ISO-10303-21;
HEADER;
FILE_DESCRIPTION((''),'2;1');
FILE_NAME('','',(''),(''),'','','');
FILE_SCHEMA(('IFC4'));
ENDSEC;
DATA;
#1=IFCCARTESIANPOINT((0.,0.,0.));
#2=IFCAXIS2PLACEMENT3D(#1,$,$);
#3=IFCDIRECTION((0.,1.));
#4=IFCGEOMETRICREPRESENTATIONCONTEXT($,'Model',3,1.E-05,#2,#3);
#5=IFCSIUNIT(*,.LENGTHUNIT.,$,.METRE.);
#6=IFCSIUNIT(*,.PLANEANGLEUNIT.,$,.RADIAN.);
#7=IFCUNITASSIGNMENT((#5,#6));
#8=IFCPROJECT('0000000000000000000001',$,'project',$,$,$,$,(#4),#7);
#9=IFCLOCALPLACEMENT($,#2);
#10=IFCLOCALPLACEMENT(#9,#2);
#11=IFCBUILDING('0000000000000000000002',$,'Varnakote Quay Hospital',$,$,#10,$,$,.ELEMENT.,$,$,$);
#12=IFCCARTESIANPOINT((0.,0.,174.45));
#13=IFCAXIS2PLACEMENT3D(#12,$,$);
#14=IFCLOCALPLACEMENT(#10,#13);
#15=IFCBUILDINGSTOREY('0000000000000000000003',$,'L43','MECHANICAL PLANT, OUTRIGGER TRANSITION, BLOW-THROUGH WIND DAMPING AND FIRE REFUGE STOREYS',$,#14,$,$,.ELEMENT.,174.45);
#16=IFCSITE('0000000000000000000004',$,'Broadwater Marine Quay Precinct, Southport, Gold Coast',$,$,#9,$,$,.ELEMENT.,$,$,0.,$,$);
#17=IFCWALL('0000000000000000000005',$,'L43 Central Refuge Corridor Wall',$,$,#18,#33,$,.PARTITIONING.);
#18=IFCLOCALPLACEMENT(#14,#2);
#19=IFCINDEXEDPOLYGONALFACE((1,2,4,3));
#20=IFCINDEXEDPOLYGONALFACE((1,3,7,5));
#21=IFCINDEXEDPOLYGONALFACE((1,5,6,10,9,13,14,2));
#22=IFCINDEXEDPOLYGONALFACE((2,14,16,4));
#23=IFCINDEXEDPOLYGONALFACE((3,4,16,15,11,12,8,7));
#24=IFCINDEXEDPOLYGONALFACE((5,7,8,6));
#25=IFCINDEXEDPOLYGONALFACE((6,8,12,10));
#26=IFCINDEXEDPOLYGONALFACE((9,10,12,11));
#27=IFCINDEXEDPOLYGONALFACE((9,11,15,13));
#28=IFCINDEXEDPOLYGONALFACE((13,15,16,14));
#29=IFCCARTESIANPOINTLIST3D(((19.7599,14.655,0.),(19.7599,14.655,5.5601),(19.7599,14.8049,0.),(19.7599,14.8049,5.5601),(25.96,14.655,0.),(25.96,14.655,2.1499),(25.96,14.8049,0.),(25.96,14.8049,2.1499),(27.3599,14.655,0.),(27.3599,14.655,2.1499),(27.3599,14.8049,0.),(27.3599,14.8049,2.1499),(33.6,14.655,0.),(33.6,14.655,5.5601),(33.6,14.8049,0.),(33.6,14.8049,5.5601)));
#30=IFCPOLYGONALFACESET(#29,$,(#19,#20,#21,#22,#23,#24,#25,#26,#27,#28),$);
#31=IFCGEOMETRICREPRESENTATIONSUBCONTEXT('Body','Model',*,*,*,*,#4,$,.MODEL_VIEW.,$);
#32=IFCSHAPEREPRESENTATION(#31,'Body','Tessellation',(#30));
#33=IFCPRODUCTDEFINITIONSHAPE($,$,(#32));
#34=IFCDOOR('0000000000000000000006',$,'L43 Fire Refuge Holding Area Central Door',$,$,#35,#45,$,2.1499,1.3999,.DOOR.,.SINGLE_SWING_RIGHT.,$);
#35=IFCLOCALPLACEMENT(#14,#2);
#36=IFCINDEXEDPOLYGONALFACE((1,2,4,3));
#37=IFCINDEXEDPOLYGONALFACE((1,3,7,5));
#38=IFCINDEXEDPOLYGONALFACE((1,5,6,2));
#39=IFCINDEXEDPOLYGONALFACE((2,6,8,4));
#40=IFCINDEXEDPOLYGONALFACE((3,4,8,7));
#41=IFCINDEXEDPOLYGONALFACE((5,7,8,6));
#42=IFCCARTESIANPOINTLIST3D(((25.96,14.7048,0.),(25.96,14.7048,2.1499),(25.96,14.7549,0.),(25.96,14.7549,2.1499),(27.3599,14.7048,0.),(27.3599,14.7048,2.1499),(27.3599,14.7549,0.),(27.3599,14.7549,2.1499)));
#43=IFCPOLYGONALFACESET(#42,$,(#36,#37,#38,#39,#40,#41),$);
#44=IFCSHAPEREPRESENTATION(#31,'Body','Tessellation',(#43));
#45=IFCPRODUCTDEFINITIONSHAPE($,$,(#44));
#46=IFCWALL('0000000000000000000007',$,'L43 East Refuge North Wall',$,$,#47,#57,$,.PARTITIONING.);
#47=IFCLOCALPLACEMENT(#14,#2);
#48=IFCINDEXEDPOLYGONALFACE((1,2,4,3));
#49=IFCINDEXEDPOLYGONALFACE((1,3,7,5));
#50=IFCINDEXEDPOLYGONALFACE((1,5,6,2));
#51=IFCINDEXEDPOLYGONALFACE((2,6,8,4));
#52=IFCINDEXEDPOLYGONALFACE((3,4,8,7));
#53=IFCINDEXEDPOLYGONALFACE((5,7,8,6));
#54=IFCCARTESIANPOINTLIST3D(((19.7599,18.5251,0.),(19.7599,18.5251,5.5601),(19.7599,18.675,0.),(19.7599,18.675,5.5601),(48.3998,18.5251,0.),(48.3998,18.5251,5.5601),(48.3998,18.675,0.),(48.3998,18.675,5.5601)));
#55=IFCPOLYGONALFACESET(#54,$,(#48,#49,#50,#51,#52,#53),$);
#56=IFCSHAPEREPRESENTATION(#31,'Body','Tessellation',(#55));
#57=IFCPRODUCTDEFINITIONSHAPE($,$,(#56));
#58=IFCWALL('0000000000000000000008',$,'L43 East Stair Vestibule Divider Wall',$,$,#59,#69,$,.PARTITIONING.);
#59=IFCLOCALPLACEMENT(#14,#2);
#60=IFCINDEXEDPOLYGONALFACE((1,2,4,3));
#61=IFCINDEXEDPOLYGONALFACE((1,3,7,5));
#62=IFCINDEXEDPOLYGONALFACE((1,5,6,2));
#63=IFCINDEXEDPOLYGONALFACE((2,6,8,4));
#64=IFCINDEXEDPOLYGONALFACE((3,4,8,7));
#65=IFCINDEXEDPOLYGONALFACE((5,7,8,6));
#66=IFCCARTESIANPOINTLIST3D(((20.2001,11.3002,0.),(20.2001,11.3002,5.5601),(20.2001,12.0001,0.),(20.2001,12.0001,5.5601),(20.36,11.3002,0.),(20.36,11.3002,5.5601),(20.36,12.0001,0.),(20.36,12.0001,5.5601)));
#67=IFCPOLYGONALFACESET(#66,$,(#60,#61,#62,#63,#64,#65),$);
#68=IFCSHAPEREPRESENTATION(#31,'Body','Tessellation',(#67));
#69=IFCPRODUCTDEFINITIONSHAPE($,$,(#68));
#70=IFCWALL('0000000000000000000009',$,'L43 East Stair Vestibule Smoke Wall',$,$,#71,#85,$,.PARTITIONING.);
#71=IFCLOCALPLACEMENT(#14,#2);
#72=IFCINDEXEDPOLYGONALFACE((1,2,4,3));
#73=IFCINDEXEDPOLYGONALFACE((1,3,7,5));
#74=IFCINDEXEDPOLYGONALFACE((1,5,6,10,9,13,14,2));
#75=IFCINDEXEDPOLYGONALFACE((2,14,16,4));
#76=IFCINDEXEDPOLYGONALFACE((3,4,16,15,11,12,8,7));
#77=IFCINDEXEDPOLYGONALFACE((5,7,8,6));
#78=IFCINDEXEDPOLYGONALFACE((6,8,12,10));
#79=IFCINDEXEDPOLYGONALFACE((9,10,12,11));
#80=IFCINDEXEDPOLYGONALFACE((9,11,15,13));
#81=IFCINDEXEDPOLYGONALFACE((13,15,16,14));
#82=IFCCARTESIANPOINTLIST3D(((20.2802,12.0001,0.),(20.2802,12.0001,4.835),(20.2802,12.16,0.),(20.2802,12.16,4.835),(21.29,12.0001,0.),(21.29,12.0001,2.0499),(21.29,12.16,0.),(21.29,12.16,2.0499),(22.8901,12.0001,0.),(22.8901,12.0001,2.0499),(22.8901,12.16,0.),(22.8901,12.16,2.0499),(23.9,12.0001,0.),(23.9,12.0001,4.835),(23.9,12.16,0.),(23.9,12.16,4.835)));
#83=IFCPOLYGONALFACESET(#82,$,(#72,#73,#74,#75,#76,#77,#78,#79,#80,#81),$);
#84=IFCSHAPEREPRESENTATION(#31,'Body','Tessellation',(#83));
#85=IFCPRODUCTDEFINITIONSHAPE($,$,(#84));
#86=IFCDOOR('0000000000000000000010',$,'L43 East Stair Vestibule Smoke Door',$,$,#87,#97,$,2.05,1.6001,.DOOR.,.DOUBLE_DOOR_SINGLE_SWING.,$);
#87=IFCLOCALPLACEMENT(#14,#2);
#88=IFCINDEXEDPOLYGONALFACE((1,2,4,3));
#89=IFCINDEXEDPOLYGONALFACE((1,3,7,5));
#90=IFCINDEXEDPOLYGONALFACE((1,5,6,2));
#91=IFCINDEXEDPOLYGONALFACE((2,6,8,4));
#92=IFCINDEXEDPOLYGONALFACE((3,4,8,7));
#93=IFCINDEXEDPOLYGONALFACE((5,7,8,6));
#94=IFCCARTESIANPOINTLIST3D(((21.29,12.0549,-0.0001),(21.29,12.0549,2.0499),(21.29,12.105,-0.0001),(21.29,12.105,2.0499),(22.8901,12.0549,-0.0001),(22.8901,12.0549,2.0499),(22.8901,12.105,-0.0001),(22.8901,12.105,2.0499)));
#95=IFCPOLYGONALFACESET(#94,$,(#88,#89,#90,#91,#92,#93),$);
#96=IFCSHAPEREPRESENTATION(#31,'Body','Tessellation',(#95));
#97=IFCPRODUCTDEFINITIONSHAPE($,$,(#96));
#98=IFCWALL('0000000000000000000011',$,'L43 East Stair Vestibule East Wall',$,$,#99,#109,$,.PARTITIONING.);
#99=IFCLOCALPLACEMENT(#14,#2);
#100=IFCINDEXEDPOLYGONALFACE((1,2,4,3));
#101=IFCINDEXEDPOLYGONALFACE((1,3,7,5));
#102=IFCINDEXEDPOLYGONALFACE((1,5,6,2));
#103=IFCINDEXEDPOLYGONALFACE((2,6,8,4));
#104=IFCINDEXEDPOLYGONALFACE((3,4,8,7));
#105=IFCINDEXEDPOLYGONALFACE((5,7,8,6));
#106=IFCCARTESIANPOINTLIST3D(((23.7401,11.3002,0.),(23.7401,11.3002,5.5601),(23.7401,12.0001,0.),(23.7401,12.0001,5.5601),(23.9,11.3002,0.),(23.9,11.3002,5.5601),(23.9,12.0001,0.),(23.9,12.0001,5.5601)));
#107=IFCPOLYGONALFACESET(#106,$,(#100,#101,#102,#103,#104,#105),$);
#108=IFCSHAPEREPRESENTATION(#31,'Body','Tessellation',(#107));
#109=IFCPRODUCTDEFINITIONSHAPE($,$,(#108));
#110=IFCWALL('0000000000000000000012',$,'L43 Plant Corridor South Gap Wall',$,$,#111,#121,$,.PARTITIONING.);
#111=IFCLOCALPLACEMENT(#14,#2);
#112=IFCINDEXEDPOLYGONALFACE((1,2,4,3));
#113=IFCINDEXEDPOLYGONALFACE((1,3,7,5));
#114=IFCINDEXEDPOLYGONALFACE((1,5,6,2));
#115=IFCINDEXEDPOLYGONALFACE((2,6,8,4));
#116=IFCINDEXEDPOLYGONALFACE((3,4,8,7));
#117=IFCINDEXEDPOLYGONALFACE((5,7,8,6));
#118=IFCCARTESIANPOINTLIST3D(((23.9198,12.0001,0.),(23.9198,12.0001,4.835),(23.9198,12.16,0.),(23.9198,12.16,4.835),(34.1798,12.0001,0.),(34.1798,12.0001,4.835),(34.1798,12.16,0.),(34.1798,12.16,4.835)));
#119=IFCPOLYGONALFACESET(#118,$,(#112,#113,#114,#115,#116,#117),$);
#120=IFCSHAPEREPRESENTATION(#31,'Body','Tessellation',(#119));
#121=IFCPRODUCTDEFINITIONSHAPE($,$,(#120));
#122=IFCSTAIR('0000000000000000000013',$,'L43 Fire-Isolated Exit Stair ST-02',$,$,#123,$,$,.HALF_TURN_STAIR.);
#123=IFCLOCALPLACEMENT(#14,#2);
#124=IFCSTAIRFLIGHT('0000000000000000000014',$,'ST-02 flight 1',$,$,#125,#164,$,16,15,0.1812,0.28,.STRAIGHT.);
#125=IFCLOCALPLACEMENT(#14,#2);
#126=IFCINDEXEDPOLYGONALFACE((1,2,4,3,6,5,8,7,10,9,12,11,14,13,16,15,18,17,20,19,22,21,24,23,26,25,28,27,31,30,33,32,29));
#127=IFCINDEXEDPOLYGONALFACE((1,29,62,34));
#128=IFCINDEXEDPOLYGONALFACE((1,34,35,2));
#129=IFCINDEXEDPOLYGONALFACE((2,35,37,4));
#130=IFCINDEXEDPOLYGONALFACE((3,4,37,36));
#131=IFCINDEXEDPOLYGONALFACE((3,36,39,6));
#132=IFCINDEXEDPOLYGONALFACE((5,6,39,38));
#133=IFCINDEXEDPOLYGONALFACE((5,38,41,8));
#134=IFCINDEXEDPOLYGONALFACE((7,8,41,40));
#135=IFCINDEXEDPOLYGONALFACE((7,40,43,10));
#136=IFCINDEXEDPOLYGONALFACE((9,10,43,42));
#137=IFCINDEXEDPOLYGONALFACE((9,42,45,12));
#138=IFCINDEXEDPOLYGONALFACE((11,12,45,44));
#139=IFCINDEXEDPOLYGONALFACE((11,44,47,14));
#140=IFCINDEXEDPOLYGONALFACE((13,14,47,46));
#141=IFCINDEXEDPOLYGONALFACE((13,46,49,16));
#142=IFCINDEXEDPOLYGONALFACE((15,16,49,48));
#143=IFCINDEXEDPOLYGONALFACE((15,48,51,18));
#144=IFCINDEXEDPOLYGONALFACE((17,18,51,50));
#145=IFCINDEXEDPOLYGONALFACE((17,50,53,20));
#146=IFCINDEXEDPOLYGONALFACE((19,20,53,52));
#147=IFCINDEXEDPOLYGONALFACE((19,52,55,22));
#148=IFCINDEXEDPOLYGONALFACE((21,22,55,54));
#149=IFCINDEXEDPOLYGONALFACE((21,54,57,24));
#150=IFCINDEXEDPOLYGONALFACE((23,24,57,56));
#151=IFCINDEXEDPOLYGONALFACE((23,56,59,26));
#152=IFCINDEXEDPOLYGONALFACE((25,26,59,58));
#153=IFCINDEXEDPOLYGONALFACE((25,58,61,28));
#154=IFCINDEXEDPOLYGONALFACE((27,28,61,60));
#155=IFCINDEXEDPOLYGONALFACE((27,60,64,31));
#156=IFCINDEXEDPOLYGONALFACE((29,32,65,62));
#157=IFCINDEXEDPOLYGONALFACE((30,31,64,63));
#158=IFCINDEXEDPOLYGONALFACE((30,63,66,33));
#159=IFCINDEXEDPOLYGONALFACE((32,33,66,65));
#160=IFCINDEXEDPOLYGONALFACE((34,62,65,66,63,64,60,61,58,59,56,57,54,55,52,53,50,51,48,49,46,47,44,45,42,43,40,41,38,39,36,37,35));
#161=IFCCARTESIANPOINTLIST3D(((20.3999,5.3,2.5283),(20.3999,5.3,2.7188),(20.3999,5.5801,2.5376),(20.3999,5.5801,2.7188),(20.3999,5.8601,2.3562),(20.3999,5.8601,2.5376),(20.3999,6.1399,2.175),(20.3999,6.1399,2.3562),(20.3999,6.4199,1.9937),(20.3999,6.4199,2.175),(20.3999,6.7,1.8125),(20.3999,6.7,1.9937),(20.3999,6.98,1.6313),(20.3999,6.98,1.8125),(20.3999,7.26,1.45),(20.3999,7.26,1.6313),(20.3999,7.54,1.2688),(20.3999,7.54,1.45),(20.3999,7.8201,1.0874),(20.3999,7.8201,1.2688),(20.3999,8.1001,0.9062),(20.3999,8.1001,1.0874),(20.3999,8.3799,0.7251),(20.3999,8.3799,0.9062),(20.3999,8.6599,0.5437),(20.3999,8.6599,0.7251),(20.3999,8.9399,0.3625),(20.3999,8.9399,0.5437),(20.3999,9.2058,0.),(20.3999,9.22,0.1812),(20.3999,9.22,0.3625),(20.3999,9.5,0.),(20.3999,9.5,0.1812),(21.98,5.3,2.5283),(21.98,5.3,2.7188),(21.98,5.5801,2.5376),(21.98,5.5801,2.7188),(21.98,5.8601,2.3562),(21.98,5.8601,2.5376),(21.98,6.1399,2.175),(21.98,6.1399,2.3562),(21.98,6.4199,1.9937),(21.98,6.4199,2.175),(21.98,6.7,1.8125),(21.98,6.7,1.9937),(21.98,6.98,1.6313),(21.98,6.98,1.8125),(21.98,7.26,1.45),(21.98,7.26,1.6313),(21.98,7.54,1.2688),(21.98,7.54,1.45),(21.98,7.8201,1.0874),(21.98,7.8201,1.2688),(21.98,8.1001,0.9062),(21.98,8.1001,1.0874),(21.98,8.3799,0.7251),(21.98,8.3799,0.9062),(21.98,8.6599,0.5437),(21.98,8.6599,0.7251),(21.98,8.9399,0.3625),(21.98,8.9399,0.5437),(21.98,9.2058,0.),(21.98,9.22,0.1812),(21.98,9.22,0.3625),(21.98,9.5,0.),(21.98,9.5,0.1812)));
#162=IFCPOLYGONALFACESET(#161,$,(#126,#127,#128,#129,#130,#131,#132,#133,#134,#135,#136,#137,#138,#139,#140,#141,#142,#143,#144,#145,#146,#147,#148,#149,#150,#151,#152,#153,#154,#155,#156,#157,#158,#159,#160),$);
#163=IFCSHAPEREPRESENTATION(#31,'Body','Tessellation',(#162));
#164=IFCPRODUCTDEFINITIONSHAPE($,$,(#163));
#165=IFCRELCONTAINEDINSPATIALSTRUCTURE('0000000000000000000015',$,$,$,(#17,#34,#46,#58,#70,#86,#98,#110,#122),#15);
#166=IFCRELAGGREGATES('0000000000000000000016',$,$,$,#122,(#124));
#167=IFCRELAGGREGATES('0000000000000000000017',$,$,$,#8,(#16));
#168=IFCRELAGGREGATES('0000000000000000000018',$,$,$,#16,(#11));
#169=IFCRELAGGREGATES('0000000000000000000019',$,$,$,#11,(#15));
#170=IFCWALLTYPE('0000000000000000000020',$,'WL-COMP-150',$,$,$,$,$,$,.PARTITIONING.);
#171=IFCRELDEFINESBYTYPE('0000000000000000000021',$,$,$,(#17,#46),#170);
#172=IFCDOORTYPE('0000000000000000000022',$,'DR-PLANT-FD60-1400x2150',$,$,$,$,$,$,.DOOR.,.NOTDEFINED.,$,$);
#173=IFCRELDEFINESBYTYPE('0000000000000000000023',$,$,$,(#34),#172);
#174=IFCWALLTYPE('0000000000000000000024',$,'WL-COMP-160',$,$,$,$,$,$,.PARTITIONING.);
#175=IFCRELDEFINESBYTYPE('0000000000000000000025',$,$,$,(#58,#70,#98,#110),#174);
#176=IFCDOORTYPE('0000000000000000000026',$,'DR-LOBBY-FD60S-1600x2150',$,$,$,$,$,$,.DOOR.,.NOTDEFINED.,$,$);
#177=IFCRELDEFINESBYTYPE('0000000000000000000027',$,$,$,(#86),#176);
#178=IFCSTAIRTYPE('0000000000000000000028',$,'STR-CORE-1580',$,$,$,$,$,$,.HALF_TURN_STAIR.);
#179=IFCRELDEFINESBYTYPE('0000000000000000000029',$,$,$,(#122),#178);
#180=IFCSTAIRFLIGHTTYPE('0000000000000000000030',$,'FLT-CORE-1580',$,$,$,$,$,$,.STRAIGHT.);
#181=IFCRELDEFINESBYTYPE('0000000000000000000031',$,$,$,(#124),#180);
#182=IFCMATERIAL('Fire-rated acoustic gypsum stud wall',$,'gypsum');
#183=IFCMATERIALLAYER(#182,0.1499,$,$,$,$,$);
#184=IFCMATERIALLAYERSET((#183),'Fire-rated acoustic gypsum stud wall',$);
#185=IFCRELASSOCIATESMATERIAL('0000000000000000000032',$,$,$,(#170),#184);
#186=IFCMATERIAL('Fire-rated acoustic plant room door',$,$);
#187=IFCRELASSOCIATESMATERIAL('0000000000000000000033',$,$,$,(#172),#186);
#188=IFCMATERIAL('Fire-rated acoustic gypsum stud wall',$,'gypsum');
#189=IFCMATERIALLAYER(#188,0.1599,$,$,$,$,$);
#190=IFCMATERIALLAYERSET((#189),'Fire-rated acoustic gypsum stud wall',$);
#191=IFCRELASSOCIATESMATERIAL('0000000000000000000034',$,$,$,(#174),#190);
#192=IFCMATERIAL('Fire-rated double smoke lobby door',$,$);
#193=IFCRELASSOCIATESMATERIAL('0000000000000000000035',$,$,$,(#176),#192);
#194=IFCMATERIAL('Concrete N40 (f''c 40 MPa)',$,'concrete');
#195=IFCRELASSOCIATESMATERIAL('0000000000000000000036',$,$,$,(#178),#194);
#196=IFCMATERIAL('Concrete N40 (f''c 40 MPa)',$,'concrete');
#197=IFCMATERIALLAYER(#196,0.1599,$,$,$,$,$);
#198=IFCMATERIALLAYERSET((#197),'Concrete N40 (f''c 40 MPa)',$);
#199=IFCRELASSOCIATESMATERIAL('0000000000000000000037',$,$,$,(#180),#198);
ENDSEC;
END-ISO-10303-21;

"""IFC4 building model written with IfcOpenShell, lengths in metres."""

from ifc_helpers import new_model, si_unit, direction, frame, frame_2d, origin, place, context, subcontext, project, spatial, polyline, rectangle, outline, extrude, material, layer, layer_set, type_object, element, fill, aggregate, save


model = new_model("IFC4")

# Units and contexts
model_context = context("Model", 3, precision=1e-05, world=origin(), true_north=direction((0.0, 1.0)))
body_context = subcontext(model_context, "Body", "Model", "MODEL_VIEW")
ifc_project = project(units=[si_unit("LENGTHUNIT", "METRE"), si_unit("PLANEANGLEUNIT", "RADIAN")], contexts=[model_context])

# Site, building, storey
site_placement = place(None, origin())
site = spatial("IfcSite", under=ifc_project, at=site_placement, Name="Broadwater Marine Quay Precinct, Southport, Gold Coast", CompositionType="ELEMENT", RefElevation=0.0)
building_placement = place(site_placement, origin())
building = spatial("IfcBuilding", under=site, at=building_placement, Name="Varnakote Quay Hospital", CompositionType="ELEMENT")
storey_placement = place(building_placement, frame((0.0, 0.0, 174.45)))
storey = spatial("IfcBuildingStorey", under=building, at=storey_placement, Name="L43", Description="MECHANICAL PLANT, OUTRIGGER TRANSITION, BLOW-THROUGH WIND DAMPING AND FIRE REFUGE STOREYS", CompositionType="ELEMENT", Elevation=174.45)

# Shared definitions
ifc_material_1 = material(Name="Fire-rated acoustic gypsum stud wall", Category="gypsum")
ifc_layer_1 = layer(ifc_material_1, 0.1499)
ifc_layer_set_1 = layer_set([ifc_layer_1], Name="Fire-rated acoustic gypsum stud wall")
wall_type_1 = type_object("IfcWallType", Name="WL-COMP-150", PredefinedType="PARTITIONING", material=ifc_layer_set_1)

# Wall, opening, door
wall_1_placement = place(storey_placement, frame((19.76, 14.73, 0.0), z_axis=(0.0, 0.0, 1.0), x_axis=(1.0, 0.0, 0.0)))
wall_1 = element("IfcWall", 1, at=wall_1_placement, inside=storey, type_object=wall_type_1, Name="L43 Central Refuge Corridor Wall", PredefinedType="PARTITIONING", context=body_context, shape_type="SweptSolid", body=[
    extrude(rectangle(XDim=13.8401, YDim=0.1499, at=frame_2d((6.9199, 0.0))), origin(), (0.0, 0.0, 1.0), 5.5601),
])
opening_1_placement = place(wall_1_placement, frame((6.2, 0.0, 0.0)))
opening_1 = element("IfcOpeningElement", 2, at=opening_1_placement, cuts=wall_1, PredefinedType="OPENING", context=body_context, shape_type="SweptSolid", body=[
    extrude(rectangle(XDim=1.3999, YDim=2.1499, at=frame_2d((0.7, 1.075))), frame((0.0, 0.085, 0.0), z_axis=(0.0, -1.0, 0.0), x_axis=(1.0, 0.0, 0.0)), (0.0, 0.0, 1.0), 0.1699),
])
ifc_material_2 = material(Name="Fire-rated acoustic plant room door")
door_type_1 = type_object("IfcDoorType", Name="DR-PLANT-FD60-1400x2150", OperationType="NOTDEFINED", PredefinedType="DOOR", material=ifc_material_2)
door_1_placement = place(opening_1_placement, origin())
door_1 = element("IfcDoor", 3, at=door_1_placement, inside=storey, type_object=door_type_1, Name="L43 Fire Refuge Holding Area Central Door", OperationType="SINGLE_SWING_RIGHT", OverallHeight=2.1499, OverallWidth=1.3999, PredefinedType="DOOR", context=body_context, shape_type="SweptSolid", body=[
    extrude(rectangle(XDim=1.3999, YDim=2.1499, at=frame_2d((0.7, 1.075))), frame((0.0, 0.0249, 0.0), z_axis=(0.0, -1.0, 0.0), x_axis=(1.0, 0.0, 0.0)), (0.0, 0.0, 1.0), 0.05),
])
fill(opening_1, door_1)

# Walls
wall_2_placement = place(storey_placement, frame((19.76, 18.6001, 0.0), z_axis=(0.0, 0.0, 1.0), x_axis=(1.0, 0.0, 0.0)))
element("IfcWall", 4, at=wall_2_placement, inside=storey, type_object=wall_type_1, Name="L43 East Refuge North Wall", PredefinedType="PARTITIONING", context=body_context, shape_type="SweptSolid", body=[
    extrude(rectangle(XDim=28.6399, YDim=0.1499, at=frame_2d((14.3198, 0.0))), origin(), (0.0, 0.0, 1.0), 5.5601),
])
ifc_material_3 = material(Name="Fire-rated acoustic gypsum stud wall", Category="gypsum")
ifc_layer_2 = layer(ifc_material_3, 0.1599)
ifc_layer_set_2 = layer_set([ifc_layer_2], Name="Fire-rated acoustic gypsum stud wall")
wall_type_2 = type_object("IfcWallType", Name="WL-COMP-160", PredefinedType="PARTITIONING", material=ifc_layer_set_2)
wall_3_placement = place(storey_placement, frame((20.28, 11.3, 0.0), z_axis=(0.0, 0.0, 1.0), x_axis=(0.0, 1.0, 0.0)))
element("IfcWall", 5, at=wall_3_placement, inside=storey, type_object=wall_type_2, Name="L43 East Stair Vestibule Divider Wall", PredefinedType="PARTITIONING", context=body_context, shape_type="SweptSolid", body=[
    extrude(rectangle(XDim=0.7, YDim=0.1599, at=frame_2d((0.3501, 0.0))), origin(), (0.0, 0.0, 1.0), 5.5601),
])

# Wall, opening, door
wall_4_placement = place(storey_placement, frame((20.28, 12.0801, 0.0), z_axis=(0.0, 0.0, 1.0), x_axis=(1.0, 0.0, 0.0)))
wall_4 = element("IfcWall", 6, at=wall_4_placement, inside=storey, type_object=wall_type_2, Name="L43 East Stair Vestibule Smoke Wall", PredefinedType="PARTITIONING", context=body_context, shape_type="SweptSolid", body=[
    extrude(rectangle(XDim=3.6199, YDim=0.1599, at=frame_2d((1.8101, 0.0))), origin(), (0.0, 0.0, 1.0), 4.835),
])
opening_2_placement = place(wall_4_placement, frame((1.01, 0.0, 0.0)))
opening_2 = element("IfcOpeningElement", 7, at=opening_2_placement, cuts=wall_4, PredefinedType="OPENING", context=body_context, shape_type="SweptSolid", body=[
    extrude(rectangle(XDim=1.6001, YDim=2.05, at=frame_2d((0.8, 1.0249))), frame((0.0, 0.0898, 0.0), z_axis=(0.0, -1.0, 0.0), x_axis=(1.0, 0.0, 0.0)), (0.0, 0.0, 1.0), 0.1799),
])
ifc_material_4 = material(Name="Fire-rated double smoke lobby door")
door_type_2 = type_object("IfcDoorType", Name="DR-LOBBY-FD60S-1600x2150", OperationType="NOTDEFINED", PredefinedType="DOOR", material=ifc_material_4)
door_2_placement = place(opening_2_placement, origin())
door_2 = element("IfcDoor", 8, at=door_2_placement, inside=storey, type_object=door_type_2, Name="L43 East Stair Vestibule Smoke Door", OperationType="DOUBLE_DOOR_SINGLE_SWING", OverallHeight=2.05, OverallWidth=1.6001, PredefinedType="DOOR", context=body_context, shape_type="SweptSolid", body=[
    extrude(rectangle(XDim=1.6001, YDim=2.05, at=frame_2d((0.8, 1.0249))), frame((0.0, 0.0249, 0.0), z_axis=(0.0, -1.0, 0.0), x_axis=(1.0, 0.0, 0.0)), (0.0, 0.0, 1.0), 0.05),
])
fill(opening_2, door_2)

# Walls
wall_5_placement = place(storey_placement, frame((23.8201, 11.3, 0.0), z_axis=(0.0, 0.0, 1.0), x_axis=(0.0, 1.0, 0.0)))
element("IfcWall", 9, at=wall_5_placement, inside=storey, type_object=wall_type_2, Name="L43 East Stair Vestibule East Wall", PredefinedType="PARTITIONING", context=body_context, shape_type="SweptSolid", body=[
    extrude(rectangle(XDim=0.7, YDim=0.1599, at=frame_2d((0.3501, 0.0))), origin(), (0.0, 0.0, 1.0), 5.5601),
])
wall_6_placement = place(storey_placement, frame((23.9199, 12.0801, 0.0), z_axis=(0.0, 0.0, 1.0), x_axis=(1.0, 0.0, 0.0)))
element("IfcWall", 10, at=wall_6_placement, inside=storey, type_object=wall_type_2, Name="L43 Plant Corridor South Gap Wall", PredefinedType="PARTITIONING", context=body_context, shape_type="SweptSolid", body=[
    extrude(rectangle(XDim=10.26, YDim=0.1599, at=frame_2d((5.1299, 0.0))), origin(), (0.0, 0.0, 1.0), 4.835),
])

# Stair, stair flight
ifc_material_5 = material(Name="Concrete N40 (f'c 40 MPa)", Category="concrete")
stair_type = type_object("IfcStairType", Name="STR-CORE-1580", PredefinedType="HALF_TURN_STAIR", material=ifc_material_5)
stair_placement = place(storey_placement, origin())
stair = element("IfcStair", 11, at=stair_placement, inside=storey, type_object=stair_type, Name="L43 Fire-Isolated Exit Stair ST-02", PredefinedType="HALF_TURN_STAIR")
ifc_material_6 = material(Name="Concrete N40 (f'c 40 MPa)", Category="concrete")
ifc_layer_3 = layer(ifc_material_6, 0.1599)
ifc_layer_set_3 = layer_set([ifc_layer_3], Name="Concrete N40 (f'c 40 MPa)")
stair_flight_type = type_object("IfcStairFlightType", Name="FLT-CORE-1580", PredefinedType="STRAIGHT", material=ifc_layer_set_3)
stair_flight_placement = place(storey_placement, frame((21.1899, 9.5, 0.0), z_axis=(0.0, 0.0, 1.0), x_axis=(0.0, -1.0, 0.0)))
stair_flight = element("IfcStairFlight", 12, at=stair_flight_placement, type_object=stair_flight_type, Name="ST-02 flight 1", NumberOfRisers=16, NumberOfTreads=15, PredefinedType="STRAIGHT", RiserHeight=0.1812, TreadLength=0.28, context=body_context, shape_type="SweptSolid", body=[
    extrude(outline(polyline([(0.0, 0.0), (0.0, 0.1812), (0.28, 0.1812), (0.28, 0.3625), (0.5601, 0.3625), (0.5601, 0.5437), (0.8401, 0.5437), (0.8401, 0.7251), (1.1201, 0.7251), (1.1201, 0.9062), (1.3999, 0.9062), (1.3999, 1.0874), (1.6799, 1.0874), (1.6799, 1.2688), (1.96, 1.2688), (1.96, 1.45), (2.24, 1.45), (2.24, 1.6313), (2.52, 1.6313), (2.52, 1.8125), (2.8, 1.8125), (2.8, 1.9937), (3.0801, 1.9937), (3.0801, 2.175), (3.3601, 2.175), (3.3601, 2.3562), (3.6399, 2.3562), (3.6399, 2.5376), (3.9199, 2.5376), (3.9199, 2.7188), (4.2, 2.7188), (4.2, 2.8999), (4.2, 2.5283), (0.2942, 0.0), (0.0, 0.0)])), frame((0.0, 0.79, 0.0), z_axis=(0.0, -1.0, 0.0), x_axis=(1.0, 0.0, 0.0)), (0.0, 0.0, 1.0), 1.5801),
])
aggregate(stair, [stair_flight])

save(model, "model.ifc")
